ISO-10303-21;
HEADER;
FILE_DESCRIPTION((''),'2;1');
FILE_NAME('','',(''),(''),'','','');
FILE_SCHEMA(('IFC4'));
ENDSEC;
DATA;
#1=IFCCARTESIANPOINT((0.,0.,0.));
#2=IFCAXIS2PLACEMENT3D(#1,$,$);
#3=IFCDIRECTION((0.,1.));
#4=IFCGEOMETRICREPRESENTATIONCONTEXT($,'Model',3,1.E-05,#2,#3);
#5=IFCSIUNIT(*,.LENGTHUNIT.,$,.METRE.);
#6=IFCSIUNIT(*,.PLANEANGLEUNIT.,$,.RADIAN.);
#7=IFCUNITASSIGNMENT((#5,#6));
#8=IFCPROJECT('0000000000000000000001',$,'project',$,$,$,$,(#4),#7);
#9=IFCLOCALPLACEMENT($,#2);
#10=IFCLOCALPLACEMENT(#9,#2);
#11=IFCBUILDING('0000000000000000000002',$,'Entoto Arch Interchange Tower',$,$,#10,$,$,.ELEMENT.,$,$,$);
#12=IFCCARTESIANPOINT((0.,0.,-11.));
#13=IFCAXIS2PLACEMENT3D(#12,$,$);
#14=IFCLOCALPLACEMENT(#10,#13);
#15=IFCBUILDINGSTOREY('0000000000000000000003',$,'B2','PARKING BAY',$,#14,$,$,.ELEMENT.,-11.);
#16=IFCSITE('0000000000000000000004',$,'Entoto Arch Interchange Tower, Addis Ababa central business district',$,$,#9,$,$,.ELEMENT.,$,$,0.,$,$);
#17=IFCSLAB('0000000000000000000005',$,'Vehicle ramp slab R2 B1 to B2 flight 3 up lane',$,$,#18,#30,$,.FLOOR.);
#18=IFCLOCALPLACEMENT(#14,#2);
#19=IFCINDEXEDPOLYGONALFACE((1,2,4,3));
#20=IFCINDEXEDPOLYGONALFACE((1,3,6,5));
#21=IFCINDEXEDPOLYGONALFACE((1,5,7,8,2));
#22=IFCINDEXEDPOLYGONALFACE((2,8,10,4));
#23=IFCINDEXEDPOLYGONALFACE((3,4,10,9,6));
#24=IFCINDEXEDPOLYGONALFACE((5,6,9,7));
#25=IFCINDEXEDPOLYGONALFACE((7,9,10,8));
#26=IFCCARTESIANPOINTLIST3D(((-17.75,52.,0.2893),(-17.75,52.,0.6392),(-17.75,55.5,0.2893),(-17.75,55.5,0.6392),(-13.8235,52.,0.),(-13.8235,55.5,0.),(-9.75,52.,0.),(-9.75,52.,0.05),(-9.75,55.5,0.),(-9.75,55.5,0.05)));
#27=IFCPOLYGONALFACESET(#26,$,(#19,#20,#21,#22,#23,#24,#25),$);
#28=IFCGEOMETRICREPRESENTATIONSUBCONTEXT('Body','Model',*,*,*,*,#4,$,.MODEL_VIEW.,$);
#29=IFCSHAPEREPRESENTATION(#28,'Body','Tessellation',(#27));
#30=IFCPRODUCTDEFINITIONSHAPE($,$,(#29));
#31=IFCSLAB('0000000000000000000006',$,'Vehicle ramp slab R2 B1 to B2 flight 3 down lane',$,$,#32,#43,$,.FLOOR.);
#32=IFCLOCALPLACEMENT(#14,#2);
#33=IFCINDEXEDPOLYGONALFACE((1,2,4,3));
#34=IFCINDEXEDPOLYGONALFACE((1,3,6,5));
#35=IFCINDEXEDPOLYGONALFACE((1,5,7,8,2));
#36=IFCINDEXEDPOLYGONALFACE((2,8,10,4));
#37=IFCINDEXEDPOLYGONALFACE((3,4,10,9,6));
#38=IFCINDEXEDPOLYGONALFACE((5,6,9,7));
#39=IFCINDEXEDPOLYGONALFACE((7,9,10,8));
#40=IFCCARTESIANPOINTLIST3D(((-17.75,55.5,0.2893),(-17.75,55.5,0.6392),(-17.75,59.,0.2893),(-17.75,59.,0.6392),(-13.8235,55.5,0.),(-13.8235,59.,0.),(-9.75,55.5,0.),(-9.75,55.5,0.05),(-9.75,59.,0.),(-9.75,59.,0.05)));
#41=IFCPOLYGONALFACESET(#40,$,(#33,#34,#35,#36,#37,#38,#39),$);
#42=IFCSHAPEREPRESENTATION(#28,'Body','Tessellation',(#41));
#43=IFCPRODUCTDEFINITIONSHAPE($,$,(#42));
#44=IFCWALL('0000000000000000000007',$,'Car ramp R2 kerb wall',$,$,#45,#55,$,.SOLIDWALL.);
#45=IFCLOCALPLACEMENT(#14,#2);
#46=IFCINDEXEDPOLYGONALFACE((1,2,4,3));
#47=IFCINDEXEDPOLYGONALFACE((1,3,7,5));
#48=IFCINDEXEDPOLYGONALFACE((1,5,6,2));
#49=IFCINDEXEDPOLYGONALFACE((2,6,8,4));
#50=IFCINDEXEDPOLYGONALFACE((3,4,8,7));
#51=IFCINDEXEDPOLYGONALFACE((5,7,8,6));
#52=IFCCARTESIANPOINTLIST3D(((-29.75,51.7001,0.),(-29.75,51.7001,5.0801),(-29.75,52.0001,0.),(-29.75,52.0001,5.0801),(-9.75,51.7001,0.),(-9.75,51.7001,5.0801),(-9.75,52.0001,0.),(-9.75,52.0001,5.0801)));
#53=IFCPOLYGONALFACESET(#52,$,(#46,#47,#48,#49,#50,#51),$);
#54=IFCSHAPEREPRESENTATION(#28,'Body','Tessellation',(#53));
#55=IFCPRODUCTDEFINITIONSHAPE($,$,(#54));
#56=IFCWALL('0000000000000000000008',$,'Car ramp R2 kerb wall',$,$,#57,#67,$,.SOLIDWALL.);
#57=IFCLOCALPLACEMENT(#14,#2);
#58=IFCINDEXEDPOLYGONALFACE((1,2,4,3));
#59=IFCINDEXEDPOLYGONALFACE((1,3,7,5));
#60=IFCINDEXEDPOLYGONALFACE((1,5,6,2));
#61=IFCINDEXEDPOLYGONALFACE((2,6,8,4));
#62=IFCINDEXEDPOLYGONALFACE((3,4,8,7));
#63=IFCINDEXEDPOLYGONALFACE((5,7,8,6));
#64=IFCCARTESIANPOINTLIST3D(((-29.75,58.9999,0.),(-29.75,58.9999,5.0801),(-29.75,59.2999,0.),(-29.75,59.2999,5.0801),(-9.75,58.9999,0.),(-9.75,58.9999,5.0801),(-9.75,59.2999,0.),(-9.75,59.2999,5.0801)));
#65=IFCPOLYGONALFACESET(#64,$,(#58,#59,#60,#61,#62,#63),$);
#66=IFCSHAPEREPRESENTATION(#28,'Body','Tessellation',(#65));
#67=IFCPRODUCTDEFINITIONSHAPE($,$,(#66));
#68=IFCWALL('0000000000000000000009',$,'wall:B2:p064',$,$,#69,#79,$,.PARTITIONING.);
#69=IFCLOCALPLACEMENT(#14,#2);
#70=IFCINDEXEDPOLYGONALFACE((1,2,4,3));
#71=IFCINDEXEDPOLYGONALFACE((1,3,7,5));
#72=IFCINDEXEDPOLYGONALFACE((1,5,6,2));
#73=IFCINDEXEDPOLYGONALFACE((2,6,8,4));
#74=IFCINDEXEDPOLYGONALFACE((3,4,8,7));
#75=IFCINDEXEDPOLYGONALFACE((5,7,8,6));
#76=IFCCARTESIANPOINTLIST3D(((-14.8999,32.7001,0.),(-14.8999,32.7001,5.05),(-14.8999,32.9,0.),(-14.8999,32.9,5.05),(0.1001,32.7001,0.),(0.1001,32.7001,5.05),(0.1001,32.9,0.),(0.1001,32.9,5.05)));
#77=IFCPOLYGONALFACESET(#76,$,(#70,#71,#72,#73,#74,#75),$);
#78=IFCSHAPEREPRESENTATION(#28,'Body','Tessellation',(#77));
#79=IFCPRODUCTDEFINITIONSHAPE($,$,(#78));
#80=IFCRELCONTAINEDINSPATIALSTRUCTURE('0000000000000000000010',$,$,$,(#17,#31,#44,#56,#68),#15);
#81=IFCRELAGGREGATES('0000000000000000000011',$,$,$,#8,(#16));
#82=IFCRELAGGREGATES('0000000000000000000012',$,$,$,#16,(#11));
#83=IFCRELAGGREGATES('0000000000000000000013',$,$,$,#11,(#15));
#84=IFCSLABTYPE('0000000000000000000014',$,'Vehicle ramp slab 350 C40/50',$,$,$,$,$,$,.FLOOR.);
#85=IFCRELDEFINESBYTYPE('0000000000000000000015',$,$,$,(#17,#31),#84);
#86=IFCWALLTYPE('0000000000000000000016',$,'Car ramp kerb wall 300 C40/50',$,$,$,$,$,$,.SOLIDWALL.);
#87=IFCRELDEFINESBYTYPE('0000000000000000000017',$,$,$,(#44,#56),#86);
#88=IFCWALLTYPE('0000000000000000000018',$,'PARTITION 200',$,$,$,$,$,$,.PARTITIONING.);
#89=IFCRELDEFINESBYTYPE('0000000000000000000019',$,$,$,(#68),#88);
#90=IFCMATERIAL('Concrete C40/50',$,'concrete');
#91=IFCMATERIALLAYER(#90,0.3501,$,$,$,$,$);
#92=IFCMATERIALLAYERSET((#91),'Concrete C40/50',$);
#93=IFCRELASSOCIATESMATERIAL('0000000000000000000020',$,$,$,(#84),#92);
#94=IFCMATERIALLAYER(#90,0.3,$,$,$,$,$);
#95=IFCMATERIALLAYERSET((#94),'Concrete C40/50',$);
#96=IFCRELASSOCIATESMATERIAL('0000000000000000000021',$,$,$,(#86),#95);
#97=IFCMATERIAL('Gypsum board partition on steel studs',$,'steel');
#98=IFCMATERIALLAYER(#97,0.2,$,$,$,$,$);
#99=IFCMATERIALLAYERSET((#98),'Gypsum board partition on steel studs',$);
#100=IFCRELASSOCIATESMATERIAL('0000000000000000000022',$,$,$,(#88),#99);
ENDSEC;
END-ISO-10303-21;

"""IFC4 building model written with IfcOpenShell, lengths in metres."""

from ifc_helpers import new_model, si_unit, direction, frame, frame_2d, origin, place, context, subcontext, project, spatial, polyline, rectangle, outline, extrude, material, layer, layer_set, type_object, element, save


model = new_model("IFC4")

# Units and contexts
model_context = context("Model", 3, precision=1e-05, world=origin(), true_north=direction((0.0, 1.0)))
body_context = subcontext(model_context, "Body", "Model", "MODEL_VIEW")
ifc_project = project(units=[si_unit("LENGTHUNIT", "METRE"), si_unit("PLANEANGLEUNIT", "RADIAN")], contexts=[model_context])

# Site, building, storey
site_placement = place(None, origin())
site = spatial("IfcSite", under=ifc_project, at=site_placement, Name="Entoto Arch Interchange Tower, Addis Ababa central business district", CompositionType="ELEMENT", RefElevation=0.0)
building_placement = place(site_placement, origin())
building = spatial("IfcBuilding", under=site, at=building_placement, Name="Entoto Arch Interchange Tower", CompositionType="ELEMENT")
storey_placement = place(building_placement, frame((0.0, 0.0, -11.0)))
storey = spatial("IfcBuildingStorey", under=building, at=storey_placement, Name="B2", Description="PARKING BAY", CompositionType="ELEMENT", Elevation=-11.0)

# Shared definitions
ifc_material_1 = material(Name="Concrete C40/50", Category="concrete")

# Slabs
ifc_layer_1 = layer(ifc_material_1, 0.3501)
ifc_layer_set_1 = layer_set([ifc_layer_1], Name="Concrete C40/50")
slab_type = type_object("IfcSlabType", Name="Vehicle ramp slab 350 C40/50", PredefinedType="FLOOR", material=ifc_layer_set_1)
for number, where, z_axis, x_axis, name in (
    (1, (-17.75, 52.0, 0.6392), (0.0, 0.0, 1.0), (1.0, 0.0, 0.0), "Vehicle ramp slab R2 B1 to B2 flight 3 up lane"),
    (2, (-17.75, 55.5, 0.6392), (0.0, 0.0, 1.0), (1.0, 0.0, 0.0), "Vehicle ramp slab R2 B1 to B2 flight 3 down lane"),
):
    element("IfcSlab", number, at=place(storey_placement, frame(where, z_axis=z_axis, x_axis=x_axis)), inside=storey, type_object=slab_type, Name=name, PredefinedType="FLOOR", context=body_context, shape_type="SweptSolid", body=[
        extrude(outline(polyline([(0.0, -0.3499), (3.9265, -0.6392), (8.0, -0.6392), (8.0, -0.5891), (0.0, 0.0), (0.0, -0.3499)])), frame((0.0, 3.5, 0.0), z_axis=(0.0, -1.0, 0.0), x_axis=(1.0, 0.0, 0.0)), (0.0, 0.0, 1.0), 3.5),
    ])

# Walls
ifc_layer_2 = layer(ifc_material_1, 0.3)
ifc_layer_set_2 = layer_set([ifc_layer_2], Name="Concrete C40/50")
wall_type_1 = type_object("IfcWallType", Name="Car ramp kerb wall 300 C40/50", PredefinedType="SOLIDWALL", material=ifc_layer_set_2)
for number, where, z_axis, x_axis, name in (
    (3, (-29.75, 51.8501, 0.0), (0.0, 0.0, 1.0), (1.0, 0.0, 0.0), "Car ramp R2 kerb wall"),
    (4, (-29.75, 59.1499, 0.0), (0.0, 0.0, 1.0), (1.0, 0.0, 0.0), "Car ramp R2 kerb wall"),
):
    element("IfcWall", number, at=place(storey_placement, frame(where, z_axis=z_axis, x_axis=x_axis)), inside=storey, type_object=wall_type_1, Name=name, PredefinedType="SOLIDWALL", context=body_context, shape_type="SweptSolid", body=[
        extrude(rectangle(XDim=20.0, YDim=0.3, at=frame_2d((10.0, 0.0))), origin(), (0.0, 0.0, 1.0), 5.0801),
    ])
ifc_material_2 = material(Name="Gypsum board partition on steel studs", Category="steel")
ifc_layer_3 = layer(ifc_material_2, 0.2)
ifc_layer_set_3 = layer_set([ifc_layer_3], Name="Gypsum board partition on steel studs")
wall_type_2 = type_object("IfcWallType", Name="PARTITION 200", PredefinedType="PARTITIONING", material=ifc_layer_set_3)
wall_placement = place(storey_placement, frame((-14.8999, 32.8, 0.0), z_axis=(0.0, 0.0, 1.0), x_axis=(1.0, 0.0, 0.0)))
element("IfcWall", 5, at=wall_placement, inside=storey, type_object=wall_type_2, Name="wall:B2:p064", PredefinedType="PARTITIONING", context=body_context, shape_type="SweptSolid", body=[
    extrude(rectangle(XDim=15.0, YDim=0.2, at=frame_2d((7.5, 0.0))), origin(), (0.0, 0.0, 1.0), 5.05),
])

save(model, "model.ifc")
